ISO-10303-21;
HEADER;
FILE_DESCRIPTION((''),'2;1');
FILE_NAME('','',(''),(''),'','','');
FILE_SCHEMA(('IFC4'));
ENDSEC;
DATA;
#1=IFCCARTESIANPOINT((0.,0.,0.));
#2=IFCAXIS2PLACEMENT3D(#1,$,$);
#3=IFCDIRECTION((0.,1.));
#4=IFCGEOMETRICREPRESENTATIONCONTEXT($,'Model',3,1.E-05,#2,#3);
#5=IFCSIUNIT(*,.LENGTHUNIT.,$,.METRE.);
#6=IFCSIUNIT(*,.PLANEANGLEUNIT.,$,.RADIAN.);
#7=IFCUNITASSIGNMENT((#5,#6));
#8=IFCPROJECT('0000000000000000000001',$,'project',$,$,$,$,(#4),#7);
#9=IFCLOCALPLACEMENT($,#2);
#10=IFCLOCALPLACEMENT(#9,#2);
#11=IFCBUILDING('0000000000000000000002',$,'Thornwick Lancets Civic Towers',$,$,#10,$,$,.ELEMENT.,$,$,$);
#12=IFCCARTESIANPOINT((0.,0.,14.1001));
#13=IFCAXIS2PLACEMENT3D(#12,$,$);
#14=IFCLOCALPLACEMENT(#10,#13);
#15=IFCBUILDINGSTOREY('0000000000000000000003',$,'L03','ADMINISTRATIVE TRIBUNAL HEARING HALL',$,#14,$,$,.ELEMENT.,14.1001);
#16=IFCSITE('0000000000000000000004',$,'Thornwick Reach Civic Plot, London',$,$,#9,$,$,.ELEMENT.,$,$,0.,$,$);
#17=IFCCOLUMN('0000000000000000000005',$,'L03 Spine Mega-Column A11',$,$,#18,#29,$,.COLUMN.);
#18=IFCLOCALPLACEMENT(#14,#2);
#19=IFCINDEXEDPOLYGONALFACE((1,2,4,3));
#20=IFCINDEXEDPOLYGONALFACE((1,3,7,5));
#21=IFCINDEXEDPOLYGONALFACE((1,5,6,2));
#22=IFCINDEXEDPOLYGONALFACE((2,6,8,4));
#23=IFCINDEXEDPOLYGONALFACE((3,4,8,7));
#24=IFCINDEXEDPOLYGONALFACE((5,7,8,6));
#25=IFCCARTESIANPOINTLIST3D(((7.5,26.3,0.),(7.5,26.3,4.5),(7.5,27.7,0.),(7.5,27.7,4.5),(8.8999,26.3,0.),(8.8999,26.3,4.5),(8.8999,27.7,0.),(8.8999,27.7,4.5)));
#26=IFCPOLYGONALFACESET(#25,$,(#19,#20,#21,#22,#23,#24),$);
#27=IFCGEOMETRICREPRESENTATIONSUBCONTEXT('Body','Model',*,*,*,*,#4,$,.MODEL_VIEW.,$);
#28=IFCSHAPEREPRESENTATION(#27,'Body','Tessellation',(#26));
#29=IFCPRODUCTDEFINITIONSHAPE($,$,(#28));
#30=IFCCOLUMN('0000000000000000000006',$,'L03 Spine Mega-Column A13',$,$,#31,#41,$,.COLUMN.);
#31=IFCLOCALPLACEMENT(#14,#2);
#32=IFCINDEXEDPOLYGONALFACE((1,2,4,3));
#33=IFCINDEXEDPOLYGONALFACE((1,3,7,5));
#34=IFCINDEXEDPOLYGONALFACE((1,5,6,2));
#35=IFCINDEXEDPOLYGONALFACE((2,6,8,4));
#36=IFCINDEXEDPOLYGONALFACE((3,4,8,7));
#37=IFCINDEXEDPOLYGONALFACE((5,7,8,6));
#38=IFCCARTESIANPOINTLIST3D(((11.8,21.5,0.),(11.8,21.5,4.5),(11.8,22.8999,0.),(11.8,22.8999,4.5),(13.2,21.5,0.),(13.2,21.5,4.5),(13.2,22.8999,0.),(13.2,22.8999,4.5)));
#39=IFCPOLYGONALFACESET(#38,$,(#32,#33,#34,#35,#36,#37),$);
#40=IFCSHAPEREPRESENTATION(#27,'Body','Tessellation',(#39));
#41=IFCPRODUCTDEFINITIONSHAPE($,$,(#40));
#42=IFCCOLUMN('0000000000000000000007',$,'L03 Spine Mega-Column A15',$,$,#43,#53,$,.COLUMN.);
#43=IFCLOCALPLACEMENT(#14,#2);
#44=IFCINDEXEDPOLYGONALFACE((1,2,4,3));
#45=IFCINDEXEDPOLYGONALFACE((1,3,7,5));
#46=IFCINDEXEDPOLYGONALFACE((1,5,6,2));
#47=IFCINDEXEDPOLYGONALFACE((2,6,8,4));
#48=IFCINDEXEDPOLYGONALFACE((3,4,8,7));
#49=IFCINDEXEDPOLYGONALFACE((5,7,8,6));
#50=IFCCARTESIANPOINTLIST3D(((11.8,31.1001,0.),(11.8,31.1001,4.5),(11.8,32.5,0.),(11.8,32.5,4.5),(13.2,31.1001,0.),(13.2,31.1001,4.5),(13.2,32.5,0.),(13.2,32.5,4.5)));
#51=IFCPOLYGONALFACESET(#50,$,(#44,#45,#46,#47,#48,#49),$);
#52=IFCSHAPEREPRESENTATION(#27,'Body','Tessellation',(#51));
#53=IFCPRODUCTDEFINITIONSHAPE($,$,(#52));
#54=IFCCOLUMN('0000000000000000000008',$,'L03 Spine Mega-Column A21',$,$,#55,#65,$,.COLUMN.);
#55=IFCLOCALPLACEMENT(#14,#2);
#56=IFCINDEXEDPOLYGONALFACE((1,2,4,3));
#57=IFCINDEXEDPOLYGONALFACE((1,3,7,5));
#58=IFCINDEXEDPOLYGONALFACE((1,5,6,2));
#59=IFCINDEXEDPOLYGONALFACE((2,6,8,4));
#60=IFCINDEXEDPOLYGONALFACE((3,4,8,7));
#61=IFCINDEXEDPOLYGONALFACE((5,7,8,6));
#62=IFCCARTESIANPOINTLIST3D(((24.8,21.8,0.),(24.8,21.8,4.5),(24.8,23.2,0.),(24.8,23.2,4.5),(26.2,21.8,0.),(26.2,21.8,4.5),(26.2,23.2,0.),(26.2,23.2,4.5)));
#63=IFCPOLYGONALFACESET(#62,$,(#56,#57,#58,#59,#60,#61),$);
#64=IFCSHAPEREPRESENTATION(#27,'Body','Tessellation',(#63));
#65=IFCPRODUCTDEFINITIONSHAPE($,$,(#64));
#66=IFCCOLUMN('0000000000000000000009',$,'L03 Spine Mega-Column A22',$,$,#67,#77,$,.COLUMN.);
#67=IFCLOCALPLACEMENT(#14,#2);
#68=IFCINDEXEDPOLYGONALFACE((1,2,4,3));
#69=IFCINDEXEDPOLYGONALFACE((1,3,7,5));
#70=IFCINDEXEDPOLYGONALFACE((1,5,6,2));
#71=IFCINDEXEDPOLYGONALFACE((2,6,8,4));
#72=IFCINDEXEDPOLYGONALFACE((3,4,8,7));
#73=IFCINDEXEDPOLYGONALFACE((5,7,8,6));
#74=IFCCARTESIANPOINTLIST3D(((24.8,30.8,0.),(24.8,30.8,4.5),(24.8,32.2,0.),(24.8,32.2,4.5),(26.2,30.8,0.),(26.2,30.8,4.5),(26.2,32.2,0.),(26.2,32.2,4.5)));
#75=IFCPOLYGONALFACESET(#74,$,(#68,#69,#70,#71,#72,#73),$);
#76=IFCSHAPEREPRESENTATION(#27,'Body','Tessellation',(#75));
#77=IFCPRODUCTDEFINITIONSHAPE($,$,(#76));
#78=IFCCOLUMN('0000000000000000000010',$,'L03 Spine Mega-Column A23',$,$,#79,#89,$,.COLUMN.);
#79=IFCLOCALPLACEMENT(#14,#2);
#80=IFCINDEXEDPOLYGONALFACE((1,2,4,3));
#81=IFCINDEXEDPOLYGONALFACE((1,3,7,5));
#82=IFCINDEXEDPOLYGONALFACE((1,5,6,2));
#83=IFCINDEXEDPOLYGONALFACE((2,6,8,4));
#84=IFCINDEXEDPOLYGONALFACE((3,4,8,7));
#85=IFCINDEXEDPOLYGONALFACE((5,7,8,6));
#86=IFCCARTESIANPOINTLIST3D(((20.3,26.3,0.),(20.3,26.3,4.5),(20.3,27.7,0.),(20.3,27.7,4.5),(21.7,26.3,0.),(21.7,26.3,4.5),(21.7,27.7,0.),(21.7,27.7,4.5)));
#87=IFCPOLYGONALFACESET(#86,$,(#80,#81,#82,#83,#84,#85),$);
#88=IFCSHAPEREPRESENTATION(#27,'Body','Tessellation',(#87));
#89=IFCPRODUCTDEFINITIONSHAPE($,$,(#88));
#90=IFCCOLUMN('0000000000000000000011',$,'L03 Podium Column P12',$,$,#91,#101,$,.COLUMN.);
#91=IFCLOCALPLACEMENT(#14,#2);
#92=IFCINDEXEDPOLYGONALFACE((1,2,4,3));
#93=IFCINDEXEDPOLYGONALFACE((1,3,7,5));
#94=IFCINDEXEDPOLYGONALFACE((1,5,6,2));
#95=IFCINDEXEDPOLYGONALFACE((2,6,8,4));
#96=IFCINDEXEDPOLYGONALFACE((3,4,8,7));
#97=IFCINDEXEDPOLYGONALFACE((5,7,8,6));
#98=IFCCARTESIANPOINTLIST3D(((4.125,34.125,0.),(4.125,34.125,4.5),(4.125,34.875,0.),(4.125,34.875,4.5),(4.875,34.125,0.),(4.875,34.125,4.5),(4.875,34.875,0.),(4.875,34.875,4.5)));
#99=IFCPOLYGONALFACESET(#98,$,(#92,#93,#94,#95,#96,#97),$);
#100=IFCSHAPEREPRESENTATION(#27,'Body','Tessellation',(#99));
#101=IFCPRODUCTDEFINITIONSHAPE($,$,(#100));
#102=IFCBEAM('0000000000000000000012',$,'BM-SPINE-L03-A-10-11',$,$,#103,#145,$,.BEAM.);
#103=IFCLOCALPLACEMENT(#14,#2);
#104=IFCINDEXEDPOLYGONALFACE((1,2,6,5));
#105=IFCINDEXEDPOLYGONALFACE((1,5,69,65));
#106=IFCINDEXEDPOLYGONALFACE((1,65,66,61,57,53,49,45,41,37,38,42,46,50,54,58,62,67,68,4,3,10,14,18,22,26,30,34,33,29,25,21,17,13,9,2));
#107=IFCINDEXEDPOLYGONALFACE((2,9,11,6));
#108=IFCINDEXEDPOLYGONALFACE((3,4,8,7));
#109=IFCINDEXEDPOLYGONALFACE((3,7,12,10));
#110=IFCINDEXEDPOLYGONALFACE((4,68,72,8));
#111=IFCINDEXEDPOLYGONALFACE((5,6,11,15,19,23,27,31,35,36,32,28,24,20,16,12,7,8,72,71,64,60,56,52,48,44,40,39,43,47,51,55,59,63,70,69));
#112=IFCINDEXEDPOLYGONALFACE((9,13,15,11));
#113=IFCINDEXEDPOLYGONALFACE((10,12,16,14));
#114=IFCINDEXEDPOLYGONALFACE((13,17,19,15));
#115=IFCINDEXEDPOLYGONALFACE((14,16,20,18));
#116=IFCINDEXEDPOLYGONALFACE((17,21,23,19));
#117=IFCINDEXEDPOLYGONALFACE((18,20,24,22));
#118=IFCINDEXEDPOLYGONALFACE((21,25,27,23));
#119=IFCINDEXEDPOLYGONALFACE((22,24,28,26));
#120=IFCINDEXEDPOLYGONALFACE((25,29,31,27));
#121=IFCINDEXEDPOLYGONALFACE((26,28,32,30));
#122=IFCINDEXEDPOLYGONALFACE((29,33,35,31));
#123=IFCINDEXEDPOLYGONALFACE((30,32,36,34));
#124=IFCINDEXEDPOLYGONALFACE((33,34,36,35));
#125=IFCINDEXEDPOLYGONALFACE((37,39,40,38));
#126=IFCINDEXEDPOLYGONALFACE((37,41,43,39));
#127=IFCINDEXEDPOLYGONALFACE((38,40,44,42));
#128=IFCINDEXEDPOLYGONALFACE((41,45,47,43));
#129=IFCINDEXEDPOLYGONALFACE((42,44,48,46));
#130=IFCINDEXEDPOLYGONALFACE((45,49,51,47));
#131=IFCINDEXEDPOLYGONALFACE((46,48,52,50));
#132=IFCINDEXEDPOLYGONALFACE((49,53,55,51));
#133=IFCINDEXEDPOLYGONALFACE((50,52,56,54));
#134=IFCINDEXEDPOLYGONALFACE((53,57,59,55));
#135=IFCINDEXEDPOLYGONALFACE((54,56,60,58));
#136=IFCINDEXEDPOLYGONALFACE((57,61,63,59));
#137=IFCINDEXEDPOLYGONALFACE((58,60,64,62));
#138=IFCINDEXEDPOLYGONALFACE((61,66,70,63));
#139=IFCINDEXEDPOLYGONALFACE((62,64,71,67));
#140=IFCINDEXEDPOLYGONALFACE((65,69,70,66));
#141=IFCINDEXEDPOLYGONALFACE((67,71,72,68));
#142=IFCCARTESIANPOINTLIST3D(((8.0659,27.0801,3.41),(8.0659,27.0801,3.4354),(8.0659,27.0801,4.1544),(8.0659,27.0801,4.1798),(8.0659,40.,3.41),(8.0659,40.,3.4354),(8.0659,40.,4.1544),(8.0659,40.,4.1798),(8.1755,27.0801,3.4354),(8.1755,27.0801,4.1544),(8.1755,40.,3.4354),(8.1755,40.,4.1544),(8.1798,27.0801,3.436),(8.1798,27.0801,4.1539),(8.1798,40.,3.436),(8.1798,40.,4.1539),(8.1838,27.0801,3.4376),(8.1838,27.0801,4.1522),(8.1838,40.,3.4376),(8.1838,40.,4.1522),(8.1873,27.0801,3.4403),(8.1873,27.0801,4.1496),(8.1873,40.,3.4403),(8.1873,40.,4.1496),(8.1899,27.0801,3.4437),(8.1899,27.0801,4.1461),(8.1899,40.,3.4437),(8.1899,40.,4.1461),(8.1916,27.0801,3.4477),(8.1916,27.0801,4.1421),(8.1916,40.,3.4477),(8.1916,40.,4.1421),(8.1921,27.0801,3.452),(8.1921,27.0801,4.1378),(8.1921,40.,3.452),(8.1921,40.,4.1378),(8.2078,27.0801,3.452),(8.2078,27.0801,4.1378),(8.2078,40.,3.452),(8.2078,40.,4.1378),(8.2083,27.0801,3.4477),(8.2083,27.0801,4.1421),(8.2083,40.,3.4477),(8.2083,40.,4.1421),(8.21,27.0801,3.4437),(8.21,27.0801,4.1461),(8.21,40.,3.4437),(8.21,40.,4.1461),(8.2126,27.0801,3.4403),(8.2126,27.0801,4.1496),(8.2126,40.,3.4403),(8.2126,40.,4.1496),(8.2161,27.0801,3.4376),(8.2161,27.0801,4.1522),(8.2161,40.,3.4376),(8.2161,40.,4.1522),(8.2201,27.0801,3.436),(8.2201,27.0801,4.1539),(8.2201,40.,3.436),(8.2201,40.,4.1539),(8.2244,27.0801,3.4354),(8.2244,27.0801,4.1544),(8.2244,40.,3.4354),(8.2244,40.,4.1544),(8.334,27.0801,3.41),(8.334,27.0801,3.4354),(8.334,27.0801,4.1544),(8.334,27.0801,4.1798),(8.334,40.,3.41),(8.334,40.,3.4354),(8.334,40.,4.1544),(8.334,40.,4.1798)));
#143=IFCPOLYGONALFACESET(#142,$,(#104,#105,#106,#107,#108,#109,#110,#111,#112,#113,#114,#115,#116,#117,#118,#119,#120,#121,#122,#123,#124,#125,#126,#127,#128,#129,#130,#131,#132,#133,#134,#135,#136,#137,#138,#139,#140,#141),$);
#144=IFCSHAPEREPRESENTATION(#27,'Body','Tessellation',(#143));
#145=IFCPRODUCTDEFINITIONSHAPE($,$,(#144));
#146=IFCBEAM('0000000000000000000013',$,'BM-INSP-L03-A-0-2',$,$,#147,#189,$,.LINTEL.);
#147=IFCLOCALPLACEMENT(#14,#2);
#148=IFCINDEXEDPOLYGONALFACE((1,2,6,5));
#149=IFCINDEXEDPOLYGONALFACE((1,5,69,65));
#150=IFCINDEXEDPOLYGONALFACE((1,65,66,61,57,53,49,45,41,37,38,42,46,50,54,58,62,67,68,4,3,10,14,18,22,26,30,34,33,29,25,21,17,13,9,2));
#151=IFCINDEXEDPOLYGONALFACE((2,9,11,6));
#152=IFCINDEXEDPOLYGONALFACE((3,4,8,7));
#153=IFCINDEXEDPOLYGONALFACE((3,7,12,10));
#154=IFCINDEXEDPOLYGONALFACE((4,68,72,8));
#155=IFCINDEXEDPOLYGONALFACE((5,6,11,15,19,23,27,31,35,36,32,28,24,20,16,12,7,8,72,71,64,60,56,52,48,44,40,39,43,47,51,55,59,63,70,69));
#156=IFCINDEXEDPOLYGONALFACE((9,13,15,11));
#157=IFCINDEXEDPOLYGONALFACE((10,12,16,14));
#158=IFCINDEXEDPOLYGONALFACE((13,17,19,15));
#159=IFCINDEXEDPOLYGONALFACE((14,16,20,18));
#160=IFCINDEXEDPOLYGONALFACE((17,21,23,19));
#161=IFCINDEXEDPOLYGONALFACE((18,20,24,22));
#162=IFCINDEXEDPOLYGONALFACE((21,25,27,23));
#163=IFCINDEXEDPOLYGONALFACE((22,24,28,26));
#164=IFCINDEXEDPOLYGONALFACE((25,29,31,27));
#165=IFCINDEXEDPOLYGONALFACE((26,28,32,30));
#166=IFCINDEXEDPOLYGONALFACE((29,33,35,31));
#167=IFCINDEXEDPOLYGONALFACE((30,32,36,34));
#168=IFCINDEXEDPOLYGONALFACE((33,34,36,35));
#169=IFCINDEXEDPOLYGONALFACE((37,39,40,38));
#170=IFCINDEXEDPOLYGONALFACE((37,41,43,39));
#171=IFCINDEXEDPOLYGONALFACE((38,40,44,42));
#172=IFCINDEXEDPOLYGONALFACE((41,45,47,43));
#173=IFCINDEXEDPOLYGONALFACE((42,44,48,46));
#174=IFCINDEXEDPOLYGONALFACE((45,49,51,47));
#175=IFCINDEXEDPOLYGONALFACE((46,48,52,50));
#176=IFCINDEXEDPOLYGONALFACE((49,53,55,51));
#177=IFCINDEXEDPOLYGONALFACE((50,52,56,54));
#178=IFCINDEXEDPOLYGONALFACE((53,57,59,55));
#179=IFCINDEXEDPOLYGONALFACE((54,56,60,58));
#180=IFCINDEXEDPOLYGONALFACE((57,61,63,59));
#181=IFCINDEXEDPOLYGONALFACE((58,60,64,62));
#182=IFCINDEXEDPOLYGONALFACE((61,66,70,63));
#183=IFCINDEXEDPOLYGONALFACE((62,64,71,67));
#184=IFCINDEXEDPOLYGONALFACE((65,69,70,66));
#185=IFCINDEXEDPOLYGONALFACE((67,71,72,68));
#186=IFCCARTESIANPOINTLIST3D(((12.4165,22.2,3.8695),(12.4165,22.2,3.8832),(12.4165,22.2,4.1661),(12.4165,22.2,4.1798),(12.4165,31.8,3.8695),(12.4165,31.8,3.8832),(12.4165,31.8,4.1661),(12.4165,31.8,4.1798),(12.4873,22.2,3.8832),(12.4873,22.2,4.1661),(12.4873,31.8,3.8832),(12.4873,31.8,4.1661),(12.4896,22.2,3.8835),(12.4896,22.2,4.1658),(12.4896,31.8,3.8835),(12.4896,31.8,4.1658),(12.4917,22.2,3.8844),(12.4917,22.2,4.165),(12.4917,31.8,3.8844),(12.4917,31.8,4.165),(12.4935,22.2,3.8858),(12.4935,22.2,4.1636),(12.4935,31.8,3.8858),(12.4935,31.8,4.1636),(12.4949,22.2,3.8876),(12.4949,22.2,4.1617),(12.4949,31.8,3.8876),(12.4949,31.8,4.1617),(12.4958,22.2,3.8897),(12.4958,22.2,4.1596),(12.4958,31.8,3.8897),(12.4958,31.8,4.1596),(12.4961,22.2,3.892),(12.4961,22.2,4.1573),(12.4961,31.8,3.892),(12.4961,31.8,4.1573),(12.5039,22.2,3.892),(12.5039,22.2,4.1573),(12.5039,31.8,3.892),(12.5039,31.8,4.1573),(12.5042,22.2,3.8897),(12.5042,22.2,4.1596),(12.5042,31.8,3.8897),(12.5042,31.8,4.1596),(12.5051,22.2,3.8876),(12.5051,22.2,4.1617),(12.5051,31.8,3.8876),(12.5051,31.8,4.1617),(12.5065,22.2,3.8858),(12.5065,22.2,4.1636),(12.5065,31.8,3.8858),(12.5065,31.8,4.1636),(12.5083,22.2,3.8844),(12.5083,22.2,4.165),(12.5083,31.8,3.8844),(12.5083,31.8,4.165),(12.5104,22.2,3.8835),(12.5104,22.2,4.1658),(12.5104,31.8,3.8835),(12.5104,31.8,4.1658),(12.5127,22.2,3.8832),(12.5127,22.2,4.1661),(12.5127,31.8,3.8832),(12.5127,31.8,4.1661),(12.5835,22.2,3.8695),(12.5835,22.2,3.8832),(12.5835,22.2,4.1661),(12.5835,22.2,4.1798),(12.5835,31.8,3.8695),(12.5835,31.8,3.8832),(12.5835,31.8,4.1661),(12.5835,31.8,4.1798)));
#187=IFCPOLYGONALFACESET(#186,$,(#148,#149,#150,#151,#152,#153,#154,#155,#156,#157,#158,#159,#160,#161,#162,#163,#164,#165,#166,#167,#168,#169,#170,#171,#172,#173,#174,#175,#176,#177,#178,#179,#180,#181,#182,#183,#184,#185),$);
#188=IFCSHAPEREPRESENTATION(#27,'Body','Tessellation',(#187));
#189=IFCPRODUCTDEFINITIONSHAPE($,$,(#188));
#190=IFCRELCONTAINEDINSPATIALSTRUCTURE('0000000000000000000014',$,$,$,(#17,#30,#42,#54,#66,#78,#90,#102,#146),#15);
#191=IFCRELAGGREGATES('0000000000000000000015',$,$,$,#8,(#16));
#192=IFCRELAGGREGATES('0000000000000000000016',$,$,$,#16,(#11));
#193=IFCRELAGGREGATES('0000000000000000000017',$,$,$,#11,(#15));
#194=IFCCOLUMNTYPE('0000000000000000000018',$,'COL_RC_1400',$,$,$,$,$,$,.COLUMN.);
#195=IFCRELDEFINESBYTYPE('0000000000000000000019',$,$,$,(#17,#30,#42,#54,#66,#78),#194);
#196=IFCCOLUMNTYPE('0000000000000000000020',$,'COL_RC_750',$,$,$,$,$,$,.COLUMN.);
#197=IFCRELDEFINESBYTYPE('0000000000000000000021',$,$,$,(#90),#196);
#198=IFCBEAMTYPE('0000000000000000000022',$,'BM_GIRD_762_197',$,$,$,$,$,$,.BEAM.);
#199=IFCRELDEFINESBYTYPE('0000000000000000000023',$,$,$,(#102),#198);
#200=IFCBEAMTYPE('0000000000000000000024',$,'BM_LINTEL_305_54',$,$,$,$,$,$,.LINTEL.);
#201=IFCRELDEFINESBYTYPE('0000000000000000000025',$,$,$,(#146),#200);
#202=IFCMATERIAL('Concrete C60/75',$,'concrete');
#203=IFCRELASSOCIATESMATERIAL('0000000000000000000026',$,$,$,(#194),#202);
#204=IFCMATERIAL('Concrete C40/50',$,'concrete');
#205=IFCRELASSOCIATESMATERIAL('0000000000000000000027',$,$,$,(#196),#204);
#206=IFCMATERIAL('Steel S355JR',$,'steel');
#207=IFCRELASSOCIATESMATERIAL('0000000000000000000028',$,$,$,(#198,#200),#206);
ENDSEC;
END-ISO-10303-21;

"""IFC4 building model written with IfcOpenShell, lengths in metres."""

from ifc_helpers import new_model, si_unit, direction, frame, origin, origin_2d, place, context, subcontext, project, spatial, rectangle, i_section, extrude, material, material_profile, profile_set, type_object, element, save


model = new_model("IFC4")

# Units and contexts
model_context = context("Model", 3, precision=1e-05, world=origin(), true_north=direction((0.0, 1.0)))
body_context = subcontext(model_context, "Body", "Model", "MODEL_VIEW")
ifc_project = project(units=[si_unit("LENGTHUNIT", "METRE"), si_unit("PLANEANGLEUNIT", "RADIAN")], contexts=[model_context])

# Site, building, storey
site_placement = place(None, origin())
site = spatial("IfcSite", under=ifc_project, at=site_placement, Name="Thornwick Reach Civic Plot, London", CompositionType="ELEMENT", RefElevation=0.0)
building_placement = place(site_placement, origin())
building = spatial("IfcBuilding", under=site, at=building_placement, Name="Thornwick Lancets Civic Towers", CompositionType="ELEMENT")
storey_placement = place(building_placement, frame((0.0, 0.0, 14.1001)))
storey = spatial("IfcBuildingStorey", under=building, at=storey_placement, Name="L03", Description="ADMINISTRATIVE TRIBUNAL HEARING HALL", CompositionType="ELEMENT", Elevation=14.1001)

# Columns
ifc_material_1 = material(Name="Concrete C60/75", Category="concrete")
ifc_material_profile_1 = material_profile(ifc_material_1, rectangle(XDim=1.3999, YDim=1.3999, at=origin_2d()), Name="RC 1400x1400")
ifc_profile_set_1 = profile_set([ifc_material_profile_1], Name="Concrete C60/75")
column_type_1 = type_object("IfcColumnType", Name="COL_RC_1400", PredefinedType="COLUMN", material=ifc_profile_set_1)
for number, where, z_axis, x_axis, name in (
    (1, (8.2, 27.0, 0.0), (0.0, 0.0, 1.0), (1.0, 0.0, 0.0), "L03 Spine Mega-Column A11"),
    (2, (12.5, 22.2, 0.0), (0.0, 0.0, 1.0), (1.0, 0.0, 0.0), "L03 Spine Mega-Column A13"),
    (3, (12.5, 31.8, 0.0), (0.0, 0.0, 1.0), (1.0, 0.0, 0.0), "L03 Spine Mega-Column A15"),
    (4, (25.5, 22.5, 0.0), (0.0, 0.0, 1.0), (1.0, 0.0, 0.0), "L03 Spine Mega-Column A21"),
    (5, (25.5, 31.5, 0.0), (0.0, 0.0, 1.0), (1.0, 0.0, 0.0), "L03 Spine Mega-Column A22"),
    (6, (21.0, 27.0, 0.0), (0.0, 0.0, 1.0), (1.0, 0.0, 0.0), "L03 Spine Mega-Column A23"),
):
    element("IfcColumn", number, at=place(storey_placement, frame(where, z_axis=z_axis, x_axis=x_axis)), inside=storey, type_object=column_type_1, Name=name, PredefinedType="COLUMN", context=body_context, shape_type="SweptSolid", body=[
        extrude(rectangle(XDim=1.3999, YDim=1.3999, at=origin_2d()), origin(), (0.0, 0.0, 1.0), 4.5),
    ])
ifc_material_2 = material(Name="Concrete C40/50", Category="concrete")
ifc_material_profile_2 = material_profile(ifc_material_2, rectangle(XDim=0.75, YDim=0.75, at=origin_2d()), Name="RC 750x750")
ifc_profile_set_2 = profile_set([ifc_material_profile_2], Name="Concrete C40/50")
column_type_2 = type_object("IfcColumnType", Name="COL_RC_750", PredefinedType="COLUMN", material=ifc_profile_set_2)
column_placement = place(storey_placement, frame((4.5, 34.5, 0.0), z_axis=(0.0, 0.0, 1.0), x_axis=(1.0, 0.0, 0.0)))
element("IfcColumn", 7, at=column_placement, inside=storey, type_object=column_type_2, Name="L03 Podium Column P12", PredefinedType="COLUMN", context=body_context, shape_type="SweptSolid", body=[
    extrude(rectangle(XDim=0.75, YDim=0.75, at=origin_2d()), origin(), (0.0, 0.0, 1.0), 4.5),
])

# Beams
ifc_material_3 = material(Name="Steel S355JR", Category="steel")
ifc_material_profile_3 = material_profile(ifc_material_3, i_section(OverallWidth=0.2681, OverallDepth=0.7698, WebThickness=0.0156, FlangeThickness=0.0254, FilletRadius=0.0166, at=origin_2d()), Name="UKB 762x267x197")
ifc_profile_set_3 = profile_set([ifc_material_profile_3], Name="Steel S355JR")
beam_type_1 = type_object("IfcBeamType", Name="BM_GIRD_762_197", PredefinedType="BEAM", material=ifc_profile_set_3)
beam_1_placement = place(storey_placement, frame((8.2, 27.0801, 3.7949), z_axis=(0.0, 1.0, 0.0), x_axis=(-1.0, 0.0, 0.0)))
element("IfcBeam", 8, at=beam_1_placement, inside=storey, type_object=beam_type_1, Name="BM-SPINE-L03-A-10-11", PredefinedType="BEAM", context=body_context, shape_type="SweptSolid", body=[
    extrude(i_section(OverallWidth=0.2681, OverallDepth=0.7698, WebThickness=0.0156, FlangeThickness=0.0254, FilletRadius=0.0166, at=origin_2d()), origin(), (0.0, 0.0, 1.0), 12.9199),
])
ifc_material_profile_4 = material_profile(ifc_material_3, i_section(OverallWidth=0.167, OverallDepth=0.3103, WebThickness=0.0078, FlangeThickness=0.0137, FilletRadius=0.0088, at=origin_2d()), Name="UKB 305x165x54")
ifc_profile_set_4 = profile_set([ifc_material_profile_4], Name="Steel S355JR")
beam_type_2 = type_object("IfcBeamType", Name="BM_LINTEL_305_54", PredefinedType="LINTEL", material=ifc_profile_set_4)
beam_2_placement = place(storey_placement, frame((12.5, 22.2, 4.0247), z_axis=(0.0, 1.0, 0.0), x_axis=(-1.0, 0.0, 0.0)))
element("IfcBeam", 9, at=beam_2_placement, inside=storey, type_object=beam_type_2, Name="BM-INSP-L03-A-0-2", PredefinedType="LINTEL", context=body_context, shape_type="SweptSolid", body=[
    extrude(i_section(OverallWidth=0.167, OverallDepth=0.3103, WebThickness=0.0078, FlangeThickness=0.0137, FilletRadius=0.0088, at=origin_2d()), origin(), (0.0, 0.0, 1.0), 9.6001),
])

save(model, "model.ifc")
